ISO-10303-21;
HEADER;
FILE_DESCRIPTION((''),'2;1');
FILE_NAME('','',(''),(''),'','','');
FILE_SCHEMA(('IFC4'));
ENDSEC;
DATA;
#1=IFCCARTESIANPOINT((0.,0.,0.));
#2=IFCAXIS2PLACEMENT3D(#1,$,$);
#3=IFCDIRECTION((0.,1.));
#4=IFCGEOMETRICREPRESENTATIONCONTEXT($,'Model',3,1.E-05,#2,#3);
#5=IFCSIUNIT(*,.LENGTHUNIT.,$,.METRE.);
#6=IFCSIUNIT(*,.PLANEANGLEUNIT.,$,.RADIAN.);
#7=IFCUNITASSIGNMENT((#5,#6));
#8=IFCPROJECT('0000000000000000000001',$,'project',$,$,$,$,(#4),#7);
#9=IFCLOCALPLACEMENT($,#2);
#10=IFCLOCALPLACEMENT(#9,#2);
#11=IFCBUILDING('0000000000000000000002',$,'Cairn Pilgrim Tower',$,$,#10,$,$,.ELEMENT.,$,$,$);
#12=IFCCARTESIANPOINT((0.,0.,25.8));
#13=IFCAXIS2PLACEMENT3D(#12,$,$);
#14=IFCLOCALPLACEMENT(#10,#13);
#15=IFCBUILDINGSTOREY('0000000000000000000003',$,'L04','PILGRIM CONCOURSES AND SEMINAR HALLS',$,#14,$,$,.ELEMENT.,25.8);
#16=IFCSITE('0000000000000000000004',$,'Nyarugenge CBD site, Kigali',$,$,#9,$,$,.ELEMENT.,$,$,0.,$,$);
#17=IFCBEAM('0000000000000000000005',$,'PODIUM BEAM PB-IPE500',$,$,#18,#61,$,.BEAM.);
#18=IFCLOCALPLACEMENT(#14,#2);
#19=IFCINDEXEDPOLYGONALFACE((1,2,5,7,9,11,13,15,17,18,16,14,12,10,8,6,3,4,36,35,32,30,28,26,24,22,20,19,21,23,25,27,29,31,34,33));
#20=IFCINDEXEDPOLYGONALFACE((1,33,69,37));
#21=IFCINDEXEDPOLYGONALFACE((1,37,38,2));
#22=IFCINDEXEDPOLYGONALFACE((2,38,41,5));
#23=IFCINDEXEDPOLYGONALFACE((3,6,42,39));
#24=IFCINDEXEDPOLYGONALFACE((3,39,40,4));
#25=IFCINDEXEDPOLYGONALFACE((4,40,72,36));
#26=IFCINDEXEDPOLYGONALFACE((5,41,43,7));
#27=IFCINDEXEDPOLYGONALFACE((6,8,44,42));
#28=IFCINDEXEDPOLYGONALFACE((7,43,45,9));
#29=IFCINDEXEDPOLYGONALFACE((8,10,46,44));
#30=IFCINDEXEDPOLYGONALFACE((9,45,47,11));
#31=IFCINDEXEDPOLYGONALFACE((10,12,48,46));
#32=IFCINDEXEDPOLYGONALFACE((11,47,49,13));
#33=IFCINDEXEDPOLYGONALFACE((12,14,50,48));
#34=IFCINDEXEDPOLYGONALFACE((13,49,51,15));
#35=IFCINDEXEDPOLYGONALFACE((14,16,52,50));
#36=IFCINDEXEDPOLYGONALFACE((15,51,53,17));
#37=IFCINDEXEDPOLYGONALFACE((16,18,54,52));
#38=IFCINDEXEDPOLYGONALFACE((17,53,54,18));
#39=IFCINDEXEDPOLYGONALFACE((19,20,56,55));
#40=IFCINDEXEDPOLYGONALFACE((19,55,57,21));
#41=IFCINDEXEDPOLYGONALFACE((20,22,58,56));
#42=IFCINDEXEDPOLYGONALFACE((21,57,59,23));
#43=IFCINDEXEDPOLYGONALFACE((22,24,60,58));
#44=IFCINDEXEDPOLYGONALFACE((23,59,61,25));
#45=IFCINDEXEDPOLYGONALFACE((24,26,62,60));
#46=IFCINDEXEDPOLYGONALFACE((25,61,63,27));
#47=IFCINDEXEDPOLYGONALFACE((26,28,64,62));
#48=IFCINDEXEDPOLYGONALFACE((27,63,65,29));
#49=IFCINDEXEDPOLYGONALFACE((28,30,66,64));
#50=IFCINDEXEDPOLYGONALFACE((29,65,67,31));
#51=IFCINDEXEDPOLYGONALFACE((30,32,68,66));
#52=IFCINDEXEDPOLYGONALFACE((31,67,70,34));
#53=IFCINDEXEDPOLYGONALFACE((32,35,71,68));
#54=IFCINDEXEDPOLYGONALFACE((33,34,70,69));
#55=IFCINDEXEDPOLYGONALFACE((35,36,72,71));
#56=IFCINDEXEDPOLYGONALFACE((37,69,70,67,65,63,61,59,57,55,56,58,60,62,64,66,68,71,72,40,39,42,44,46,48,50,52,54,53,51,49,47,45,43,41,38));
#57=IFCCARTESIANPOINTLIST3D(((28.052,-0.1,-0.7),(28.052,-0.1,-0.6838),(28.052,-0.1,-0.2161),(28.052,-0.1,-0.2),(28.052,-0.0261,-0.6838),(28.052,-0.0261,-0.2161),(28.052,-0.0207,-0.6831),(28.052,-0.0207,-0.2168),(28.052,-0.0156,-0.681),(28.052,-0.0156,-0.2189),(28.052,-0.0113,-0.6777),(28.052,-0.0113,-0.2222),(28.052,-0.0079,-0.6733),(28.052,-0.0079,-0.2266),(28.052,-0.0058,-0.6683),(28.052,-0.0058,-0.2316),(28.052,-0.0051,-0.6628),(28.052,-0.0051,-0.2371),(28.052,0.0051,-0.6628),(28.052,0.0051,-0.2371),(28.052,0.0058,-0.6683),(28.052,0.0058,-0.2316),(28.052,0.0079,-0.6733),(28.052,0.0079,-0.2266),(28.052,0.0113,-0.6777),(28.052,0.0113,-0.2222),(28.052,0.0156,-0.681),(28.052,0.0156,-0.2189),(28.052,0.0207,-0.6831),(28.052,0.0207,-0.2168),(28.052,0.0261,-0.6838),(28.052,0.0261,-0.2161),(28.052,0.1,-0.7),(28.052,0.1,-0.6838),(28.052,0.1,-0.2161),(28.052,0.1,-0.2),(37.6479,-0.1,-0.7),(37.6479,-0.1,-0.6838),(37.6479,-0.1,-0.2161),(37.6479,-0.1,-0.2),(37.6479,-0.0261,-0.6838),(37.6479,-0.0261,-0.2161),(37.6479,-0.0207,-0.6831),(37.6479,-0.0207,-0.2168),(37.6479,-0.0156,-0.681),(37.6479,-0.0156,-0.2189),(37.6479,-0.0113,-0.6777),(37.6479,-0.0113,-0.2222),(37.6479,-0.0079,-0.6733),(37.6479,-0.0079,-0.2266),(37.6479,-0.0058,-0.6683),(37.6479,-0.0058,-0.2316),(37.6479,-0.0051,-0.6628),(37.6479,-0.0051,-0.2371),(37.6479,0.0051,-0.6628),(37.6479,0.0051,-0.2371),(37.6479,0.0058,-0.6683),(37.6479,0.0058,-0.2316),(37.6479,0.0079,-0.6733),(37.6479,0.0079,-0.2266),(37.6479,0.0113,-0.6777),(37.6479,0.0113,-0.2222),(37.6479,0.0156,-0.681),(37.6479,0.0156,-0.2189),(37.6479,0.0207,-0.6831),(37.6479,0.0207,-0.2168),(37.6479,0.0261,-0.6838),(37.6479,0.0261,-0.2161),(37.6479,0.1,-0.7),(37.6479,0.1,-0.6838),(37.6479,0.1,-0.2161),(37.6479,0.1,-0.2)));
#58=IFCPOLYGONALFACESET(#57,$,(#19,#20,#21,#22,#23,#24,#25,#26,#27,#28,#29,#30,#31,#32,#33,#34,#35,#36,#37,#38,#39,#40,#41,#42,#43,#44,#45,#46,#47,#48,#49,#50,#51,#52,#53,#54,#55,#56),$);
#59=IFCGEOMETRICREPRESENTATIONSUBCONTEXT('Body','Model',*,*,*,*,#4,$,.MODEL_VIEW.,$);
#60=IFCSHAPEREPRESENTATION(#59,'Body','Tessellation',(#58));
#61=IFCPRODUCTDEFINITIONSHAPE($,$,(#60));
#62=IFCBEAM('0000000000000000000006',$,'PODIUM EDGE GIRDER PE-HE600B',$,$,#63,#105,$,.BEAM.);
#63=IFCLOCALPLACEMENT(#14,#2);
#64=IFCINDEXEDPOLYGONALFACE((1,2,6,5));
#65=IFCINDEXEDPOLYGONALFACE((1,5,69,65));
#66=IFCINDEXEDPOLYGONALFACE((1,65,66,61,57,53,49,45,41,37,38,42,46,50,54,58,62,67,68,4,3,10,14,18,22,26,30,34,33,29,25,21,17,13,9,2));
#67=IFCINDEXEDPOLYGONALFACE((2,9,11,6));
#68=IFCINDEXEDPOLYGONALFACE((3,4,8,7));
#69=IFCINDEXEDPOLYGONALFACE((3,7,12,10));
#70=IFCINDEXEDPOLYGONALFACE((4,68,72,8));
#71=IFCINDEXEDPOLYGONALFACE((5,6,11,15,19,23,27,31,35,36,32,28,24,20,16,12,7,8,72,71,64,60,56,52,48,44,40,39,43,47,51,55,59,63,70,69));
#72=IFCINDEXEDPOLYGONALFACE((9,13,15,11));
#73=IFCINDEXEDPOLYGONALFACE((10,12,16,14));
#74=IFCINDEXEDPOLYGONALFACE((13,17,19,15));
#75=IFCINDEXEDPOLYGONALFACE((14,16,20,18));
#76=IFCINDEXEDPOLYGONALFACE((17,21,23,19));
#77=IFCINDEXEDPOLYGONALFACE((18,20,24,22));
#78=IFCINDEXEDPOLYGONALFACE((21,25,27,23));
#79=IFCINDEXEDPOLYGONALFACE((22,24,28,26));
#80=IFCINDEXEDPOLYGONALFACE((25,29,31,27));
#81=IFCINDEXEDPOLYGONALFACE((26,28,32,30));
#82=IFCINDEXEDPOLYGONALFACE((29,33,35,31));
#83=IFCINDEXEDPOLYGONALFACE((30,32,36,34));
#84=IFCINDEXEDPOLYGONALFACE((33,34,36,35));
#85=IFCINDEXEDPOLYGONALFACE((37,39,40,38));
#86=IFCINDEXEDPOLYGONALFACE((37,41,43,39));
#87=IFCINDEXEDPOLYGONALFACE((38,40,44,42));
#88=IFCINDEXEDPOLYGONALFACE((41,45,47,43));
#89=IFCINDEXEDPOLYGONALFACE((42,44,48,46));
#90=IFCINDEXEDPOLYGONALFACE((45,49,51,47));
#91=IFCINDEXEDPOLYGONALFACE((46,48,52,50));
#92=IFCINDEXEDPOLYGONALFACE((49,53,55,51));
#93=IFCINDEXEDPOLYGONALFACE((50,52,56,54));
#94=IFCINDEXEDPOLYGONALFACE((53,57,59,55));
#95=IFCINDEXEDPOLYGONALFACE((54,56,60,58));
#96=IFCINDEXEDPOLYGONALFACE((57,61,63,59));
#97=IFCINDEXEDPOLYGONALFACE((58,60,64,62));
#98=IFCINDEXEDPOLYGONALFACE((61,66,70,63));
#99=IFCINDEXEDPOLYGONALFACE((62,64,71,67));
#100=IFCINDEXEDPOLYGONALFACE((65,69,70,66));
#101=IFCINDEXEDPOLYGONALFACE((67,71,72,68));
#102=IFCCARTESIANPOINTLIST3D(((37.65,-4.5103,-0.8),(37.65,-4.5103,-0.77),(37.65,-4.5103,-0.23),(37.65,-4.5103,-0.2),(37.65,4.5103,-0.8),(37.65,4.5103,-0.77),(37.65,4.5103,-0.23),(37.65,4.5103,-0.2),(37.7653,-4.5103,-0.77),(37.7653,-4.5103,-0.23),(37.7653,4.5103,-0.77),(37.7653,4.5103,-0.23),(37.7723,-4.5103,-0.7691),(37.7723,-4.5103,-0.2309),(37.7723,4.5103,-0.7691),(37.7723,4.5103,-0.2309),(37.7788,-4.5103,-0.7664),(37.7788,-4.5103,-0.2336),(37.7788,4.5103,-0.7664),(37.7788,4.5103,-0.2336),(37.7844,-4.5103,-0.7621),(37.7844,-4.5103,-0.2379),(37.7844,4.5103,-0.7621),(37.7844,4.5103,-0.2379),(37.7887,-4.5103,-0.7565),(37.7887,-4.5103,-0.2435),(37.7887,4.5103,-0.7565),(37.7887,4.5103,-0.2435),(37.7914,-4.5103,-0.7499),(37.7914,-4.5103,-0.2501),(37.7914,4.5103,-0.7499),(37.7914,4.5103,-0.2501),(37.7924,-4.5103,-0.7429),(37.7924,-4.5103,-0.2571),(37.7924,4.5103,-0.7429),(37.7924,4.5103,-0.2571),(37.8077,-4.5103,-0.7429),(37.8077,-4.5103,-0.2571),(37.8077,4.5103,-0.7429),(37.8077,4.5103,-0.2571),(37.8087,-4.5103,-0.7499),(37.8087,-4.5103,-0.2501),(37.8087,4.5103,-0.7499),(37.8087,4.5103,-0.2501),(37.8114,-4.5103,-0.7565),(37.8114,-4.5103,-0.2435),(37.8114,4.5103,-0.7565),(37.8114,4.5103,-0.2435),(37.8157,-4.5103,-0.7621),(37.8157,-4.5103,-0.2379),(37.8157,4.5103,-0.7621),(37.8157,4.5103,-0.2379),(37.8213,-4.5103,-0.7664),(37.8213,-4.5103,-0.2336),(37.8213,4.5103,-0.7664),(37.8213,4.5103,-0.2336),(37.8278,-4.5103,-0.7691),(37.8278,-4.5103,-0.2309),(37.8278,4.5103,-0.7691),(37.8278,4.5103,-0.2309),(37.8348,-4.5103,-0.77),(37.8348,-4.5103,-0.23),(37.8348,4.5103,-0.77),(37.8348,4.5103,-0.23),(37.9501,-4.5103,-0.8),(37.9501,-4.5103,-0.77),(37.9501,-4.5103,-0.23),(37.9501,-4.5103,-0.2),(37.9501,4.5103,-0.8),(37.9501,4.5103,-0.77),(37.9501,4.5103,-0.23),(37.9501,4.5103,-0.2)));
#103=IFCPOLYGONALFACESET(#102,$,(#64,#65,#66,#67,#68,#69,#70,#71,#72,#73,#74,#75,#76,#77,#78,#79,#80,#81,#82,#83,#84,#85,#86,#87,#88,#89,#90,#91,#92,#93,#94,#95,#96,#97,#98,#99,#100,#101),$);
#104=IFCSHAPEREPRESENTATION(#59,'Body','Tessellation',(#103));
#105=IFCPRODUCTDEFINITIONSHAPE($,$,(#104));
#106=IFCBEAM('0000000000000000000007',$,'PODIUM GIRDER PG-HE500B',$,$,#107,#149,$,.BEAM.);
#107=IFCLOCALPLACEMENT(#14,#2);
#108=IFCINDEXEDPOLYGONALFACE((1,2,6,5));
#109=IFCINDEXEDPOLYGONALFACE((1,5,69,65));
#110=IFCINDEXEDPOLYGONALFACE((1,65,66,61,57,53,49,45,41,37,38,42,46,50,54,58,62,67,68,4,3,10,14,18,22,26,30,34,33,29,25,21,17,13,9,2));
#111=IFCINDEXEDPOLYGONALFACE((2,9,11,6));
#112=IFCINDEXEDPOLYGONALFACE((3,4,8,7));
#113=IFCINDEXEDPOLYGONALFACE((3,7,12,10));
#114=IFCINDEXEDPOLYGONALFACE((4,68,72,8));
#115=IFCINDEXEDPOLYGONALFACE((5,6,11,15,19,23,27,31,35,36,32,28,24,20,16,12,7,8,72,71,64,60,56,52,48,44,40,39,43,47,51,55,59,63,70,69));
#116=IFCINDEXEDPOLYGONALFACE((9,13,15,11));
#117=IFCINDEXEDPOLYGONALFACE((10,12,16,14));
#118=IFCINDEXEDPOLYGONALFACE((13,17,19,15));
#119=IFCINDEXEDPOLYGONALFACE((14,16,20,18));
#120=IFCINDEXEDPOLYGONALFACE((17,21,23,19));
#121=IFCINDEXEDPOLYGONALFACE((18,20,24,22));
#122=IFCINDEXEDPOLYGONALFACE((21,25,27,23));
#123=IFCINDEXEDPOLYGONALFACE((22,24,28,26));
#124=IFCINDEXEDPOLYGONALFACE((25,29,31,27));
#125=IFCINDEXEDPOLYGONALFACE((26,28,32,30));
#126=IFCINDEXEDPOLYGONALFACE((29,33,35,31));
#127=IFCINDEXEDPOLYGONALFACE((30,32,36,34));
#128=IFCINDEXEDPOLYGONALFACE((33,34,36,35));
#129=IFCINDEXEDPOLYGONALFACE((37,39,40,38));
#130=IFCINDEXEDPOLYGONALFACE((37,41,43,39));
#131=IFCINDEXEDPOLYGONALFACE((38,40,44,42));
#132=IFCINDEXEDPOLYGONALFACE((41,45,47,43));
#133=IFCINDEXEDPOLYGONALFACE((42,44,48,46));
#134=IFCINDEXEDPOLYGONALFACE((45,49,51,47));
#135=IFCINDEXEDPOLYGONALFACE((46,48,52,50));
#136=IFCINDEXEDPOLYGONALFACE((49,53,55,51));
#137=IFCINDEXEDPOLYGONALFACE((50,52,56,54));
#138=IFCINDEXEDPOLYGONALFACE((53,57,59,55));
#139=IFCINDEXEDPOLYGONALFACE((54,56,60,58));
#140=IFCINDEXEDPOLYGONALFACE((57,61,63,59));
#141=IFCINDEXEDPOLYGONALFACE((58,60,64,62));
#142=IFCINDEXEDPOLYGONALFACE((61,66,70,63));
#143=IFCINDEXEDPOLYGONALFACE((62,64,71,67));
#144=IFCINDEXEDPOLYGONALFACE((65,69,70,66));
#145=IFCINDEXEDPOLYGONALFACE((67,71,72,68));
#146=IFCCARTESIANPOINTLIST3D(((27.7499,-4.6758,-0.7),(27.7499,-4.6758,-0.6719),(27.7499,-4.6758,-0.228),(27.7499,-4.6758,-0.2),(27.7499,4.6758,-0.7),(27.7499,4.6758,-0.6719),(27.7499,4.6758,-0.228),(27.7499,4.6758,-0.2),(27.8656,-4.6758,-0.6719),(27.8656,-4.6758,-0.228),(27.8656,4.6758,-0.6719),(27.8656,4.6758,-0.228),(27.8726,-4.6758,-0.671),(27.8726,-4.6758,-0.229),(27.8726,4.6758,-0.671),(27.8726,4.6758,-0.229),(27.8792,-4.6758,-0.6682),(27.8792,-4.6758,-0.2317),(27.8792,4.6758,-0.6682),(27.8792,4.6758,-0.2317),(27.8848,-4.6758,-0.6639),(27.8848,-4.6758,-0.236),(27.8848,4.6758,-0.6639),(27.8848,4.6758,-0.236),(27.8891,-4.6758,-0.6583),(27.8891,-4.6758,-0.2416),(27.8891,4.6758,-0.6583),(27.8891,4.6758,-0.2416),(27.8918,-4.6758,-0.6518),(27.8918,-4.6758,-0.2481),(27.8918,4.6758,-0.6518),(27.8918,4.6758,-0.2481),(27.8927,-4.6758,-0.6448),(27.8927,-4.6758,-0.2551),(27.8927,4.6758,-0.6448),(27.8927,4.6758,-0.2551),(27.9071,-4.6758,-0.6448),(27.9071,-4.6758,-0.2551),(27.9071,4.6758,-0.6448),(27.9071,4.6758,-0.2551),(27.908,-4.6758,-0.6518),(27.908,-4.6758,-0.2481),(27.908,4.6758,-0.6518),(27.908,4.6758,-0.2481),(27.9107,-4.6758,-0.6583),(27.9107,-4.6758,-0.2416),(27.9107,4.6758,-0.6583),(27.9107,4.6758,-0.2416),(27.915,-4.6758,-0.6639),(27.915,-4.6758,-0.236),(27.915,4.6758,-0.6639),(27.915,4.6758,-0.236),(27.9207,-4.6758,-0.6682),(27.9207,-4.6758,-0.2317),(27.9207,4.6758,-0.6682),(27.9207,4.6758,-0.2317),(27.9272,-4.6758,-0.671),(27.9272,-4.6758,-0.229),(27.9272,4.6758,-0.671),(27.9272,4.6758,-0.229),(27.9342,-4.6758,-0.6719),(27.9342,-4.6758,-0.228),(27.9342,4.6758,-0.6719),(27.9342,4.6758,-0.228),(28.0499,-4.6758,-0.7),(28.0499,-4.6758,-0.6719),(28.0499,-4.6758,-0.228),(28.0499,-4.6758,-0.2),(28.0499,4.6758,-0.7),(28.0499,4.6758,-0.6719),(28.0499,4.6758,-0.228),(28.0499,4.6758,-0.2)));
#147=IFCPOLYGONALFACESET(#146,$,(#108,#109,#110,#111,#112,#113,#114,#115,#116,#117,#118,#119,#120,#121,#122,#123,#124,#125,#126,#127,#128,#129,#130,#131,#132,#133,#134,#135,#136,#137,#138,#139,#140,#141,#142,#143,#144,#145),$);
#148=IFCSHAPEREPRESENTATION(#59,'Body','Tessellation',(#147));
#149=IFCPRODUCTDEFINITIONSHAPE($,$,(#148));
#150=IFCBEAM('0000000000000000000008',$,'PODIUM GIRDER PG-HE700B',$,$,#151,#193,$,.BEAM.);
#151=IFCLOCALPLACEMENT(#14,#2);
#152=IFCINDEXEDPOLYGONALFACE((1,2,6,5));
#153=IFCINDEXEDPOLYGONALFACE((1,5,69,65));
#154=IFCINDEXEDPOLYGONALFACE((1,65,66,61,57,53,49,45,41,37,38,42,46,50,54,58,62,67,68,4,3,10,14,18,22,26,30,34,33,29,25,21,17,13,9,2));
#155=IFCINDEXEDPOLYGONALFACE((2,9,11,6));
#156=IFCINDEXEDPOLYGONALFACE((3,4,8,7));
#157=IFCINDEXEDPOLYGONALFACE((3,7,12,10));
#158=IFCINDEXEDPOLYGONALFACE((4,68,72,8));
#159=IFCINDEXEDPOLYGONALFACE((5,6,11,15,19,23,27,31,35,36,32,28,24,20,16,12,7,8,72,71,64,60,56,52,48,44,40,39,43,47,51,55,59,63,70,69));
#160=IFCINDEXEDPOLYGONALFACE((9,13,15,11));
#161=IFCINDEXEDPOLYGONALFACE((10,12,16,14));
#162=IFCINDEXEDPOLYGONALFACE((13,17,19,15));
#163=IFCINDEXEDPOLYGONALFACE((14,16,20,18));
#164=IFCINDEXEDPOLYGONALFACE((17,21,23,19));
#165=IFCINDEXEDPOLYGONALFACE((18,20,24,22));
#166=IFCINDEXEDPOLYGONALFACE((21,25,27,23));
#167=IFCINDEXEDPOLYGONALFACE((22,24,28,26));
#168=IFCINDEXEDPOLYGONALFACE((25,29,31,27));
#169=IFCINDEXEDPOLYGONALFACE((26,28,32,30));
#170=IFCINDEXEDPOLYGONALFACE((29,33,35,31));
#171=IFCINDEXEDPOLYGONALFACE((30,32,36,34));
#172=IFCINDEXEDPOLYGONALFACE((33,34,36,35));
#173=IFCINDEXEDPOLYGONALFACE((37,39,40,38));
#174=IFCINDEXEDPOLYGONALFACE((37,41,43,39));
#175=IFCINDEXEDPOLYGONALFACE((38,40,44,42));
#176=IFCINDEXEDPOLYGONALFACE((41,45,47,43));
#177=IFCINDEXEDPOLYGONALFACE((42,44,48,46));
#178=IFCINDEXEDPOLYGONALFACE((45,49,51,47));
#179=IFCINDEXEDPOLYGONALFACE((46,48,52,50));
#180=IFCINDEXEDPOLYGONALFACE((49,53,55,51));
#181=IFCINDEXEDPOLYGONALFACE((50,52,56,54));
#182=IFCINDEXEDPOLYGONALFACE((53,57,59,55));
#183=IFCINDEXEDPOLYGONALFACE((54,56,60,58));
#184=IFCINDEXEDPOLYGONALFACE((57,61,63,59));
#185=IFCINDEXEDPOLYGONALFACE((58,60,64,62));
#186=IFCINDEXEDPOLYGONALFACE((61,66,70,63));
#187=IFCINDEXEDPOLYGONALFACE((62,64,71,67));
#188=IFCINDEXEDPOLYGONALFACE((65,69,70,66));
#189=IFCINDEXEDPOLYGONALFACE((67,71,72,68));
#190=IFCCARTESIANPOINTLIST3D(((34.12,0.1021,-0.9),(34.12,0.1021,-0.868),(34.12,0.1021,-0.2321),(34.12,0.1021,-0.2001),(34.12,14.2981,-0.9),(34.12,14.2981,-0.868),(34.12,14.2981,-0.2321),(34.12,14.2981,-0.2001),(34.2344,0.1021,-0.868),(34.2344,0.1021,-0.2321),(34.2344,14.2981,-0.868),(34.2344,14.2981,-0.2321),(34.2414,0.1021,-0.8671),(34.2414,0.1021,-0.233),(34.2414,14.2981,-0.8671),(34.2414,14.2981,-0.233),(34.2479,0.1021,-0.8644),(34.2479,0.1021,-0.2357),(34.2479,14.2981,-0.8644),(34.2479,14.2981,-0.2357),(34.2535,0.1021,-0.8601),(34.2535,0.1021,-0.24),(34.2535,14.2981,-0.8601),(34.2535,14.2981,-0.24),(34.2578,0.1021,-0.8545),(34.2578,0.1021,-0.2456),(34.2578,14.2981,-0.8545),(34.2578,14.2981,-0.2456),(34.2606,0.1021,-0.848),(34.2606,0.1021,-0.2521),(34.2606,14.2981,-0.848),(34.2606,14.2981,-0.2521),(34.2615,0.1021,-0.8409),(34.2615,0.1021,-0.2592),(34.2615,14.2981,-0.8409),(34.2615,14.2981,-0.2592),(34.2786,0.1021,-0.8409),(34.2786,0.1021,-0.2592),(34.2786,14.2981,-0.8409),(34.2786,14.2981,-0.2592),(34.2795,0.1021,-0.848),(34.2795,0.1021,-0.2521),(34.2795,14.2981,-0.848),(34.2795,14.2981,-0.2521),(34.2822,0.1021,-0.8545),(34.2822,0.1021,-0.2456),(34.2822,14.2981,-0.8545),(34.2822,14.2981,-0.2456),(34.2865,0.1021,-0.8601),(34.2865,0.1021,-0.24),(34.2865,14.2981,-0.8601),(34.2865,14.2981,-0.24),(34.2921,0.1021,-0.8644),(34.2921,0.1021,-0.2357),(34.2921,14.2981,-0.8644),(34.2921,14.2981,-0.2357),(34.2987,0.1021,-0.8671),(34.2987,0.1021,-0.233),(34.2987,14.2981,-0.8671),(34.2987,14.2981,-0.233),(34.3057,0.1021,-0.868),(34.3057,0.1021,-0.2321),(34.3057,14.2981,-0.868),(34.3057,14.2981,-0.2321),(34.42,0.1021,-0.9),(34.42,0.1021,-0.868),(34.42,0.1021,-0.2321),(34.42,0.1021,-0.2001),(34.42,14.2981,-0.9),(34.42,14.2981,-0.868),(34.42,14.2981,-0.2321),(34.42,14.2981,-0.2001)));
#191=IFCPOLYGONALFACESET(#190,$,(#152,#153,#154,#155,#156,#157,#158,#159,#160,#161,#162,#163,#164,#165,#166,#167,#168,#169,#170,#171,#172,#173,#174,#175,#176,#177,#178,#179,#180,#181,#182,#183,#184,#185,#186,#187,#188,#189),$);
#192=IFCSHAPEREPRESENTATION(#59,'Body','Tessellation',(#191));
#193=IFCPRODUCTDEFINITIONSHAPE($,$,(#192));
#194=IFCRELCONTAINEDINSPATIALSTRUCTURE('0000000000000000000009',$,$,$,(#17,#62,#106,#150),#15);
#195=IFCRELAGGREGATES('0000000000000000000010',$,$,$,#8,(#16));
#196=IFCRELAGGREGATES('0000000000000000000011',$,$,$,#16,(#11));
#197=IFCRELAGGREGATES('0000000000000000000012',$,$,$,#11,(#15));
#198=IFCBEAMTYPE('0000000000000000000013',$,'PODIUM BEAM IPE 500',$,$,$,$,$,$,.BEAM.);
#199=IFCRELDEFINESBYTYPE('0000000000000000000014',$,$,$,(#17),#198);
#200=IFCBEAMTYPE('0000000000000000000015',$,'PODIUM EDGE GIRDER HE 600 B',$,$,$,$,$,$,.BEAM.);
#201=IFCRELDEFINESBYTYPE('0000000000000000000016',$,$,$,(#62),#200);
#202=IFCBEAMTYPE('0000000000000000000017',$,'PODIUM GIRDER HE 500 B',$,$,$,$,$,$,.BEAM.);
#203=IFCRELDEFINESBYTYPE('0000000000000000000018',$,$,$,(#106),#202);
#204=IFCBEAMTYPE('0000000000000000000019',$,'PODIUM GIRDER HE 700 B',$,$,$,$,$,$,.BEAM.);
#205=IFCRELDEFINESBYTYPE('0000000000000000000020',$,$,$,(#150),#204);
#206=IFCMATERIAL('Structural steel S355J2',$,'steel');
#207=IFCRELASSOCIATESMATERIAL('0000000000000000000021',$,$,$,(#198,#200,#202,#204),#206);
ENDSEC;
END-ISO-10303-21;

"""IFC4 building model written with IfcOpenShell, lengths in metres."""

from ifc_helpers import new_model, si_unit, direction, frame, origin, origin_2d, place, context, subcontext, project, spatial, i_section, extrude, material, material_profile, profile_set, type_object, element, save


model = new_model("IFC4")

# Units and contexts
model_context = context("Model", 3, precision=1e-05, world=origin(), true_north=direction((0.0, 1.0)))
body_context = subcontext(model_context, "Body", "Model", "MODEL_VIEW")
ifc_project = project(units=[si_unit("LENGTHUNIT", "METRE"), si_unit("PLANEANGLEUNIT", "RADIAN")], contexts=[model_context])

# Site, building, storey
site_placement = place(None, origin())
site = spatial("IfcSite", under=ifc_project, at=site_placement, Name="Nyarugenge CBD site, Kigali", CompositionType="ELEMENT", RefElevation=0.0)
building_placement = place(site_placement, origin())
building = spatial("IfcBuilding", under=site, at=building_placement, Name="Cairn Pilgrim Tower", CompositionType="ELEMENT")
storey_placement = place(building_placement, frame((0.0, 0.0, 25.8)))
storey = spatial("IfcBuildingStorey", under=building, at=storey_placement, Name="L04", Description="PILGRIM CONCOURSES AND SEMINAR HALLS", CompositionType="ELEMENT", Elevation=25.8)

# Shared definitions
ifc_material_1 = material(Name="Structural steel S355J2", Category="steel")

# Beams
ifc_material_profile_1 = material_profile(ifc_material_1, i_section(OverallWidth=0.2, OverallDepth=0.5, WebThickness=0.0103, FlangeThickness=0.0161, FilletRadius=0.021, at=origin_2d()), Name="IPE 500")
ifc_profile_set_1 = profile_set([ifc_material_profile_1], Name="Structural steel S355J2")
beam_type_1 = type_object("IfcBeamType", Name="PODIUM BEAM IPE 500", PredefinedType="BEAM", material=ifc_profile_set_1)
beam_1_placement = place(storey_placement, frame((28.052, 0.0, -0.45), z_axis=(1.0, 0.0, 0.0), x_axis=(0.0, 1.0, 0.0)))
element("IfcBeam", 1, at=beam_1_placement, inside=storey, type_object=beam_type_1, Name="PODIUM BEAM PB-IPE500", PredefinedType="BEAM", context=body_context, shape_type="SweptSolid", body=[
    extrude(i_section(OverallWidth=0.2, OverallDepth=0.5, WebThickness=0.0103, FlangeThickness=0.0161, FilletRadius=0.021, at=origin_2d()), origin(), (0.0, 0.0, 1.0), 9.5959),
])
ifc_material_profile_2 = material_profile(ifc_material_1, i_section(OverallWidth=0.3, OverallDepth=0.6001, WebThickness=0.0154, FlangeThickness=0.03, FilletRadius=0.0271, at=origin_2d()), Name="HEB 600")
ifc_profile_set_2 = profile_set([ifc_material_profile_2], Name="Structural steel S355J2")
beam_type_2 = type_object("IfcBeamType", Name="PODIUM EDGE GIRDER HE 600 B", PredefinedType="BEAM", material=ifc_profile_set_2)
beam_2_placement = place(storey_placement, frame((37.8, -4.5103, -0.5), z_axis=(0.0, 1.0, 0.0), x_axis=(-1.0, 0.0, 0.0)))
element("IfcBeam", 2, at=beam_2_placement, inside=storey, type_object=beam_type_2, Name="PODIUM EDGE GIRDER PE-HE600B", PredefinedType="BEAM", context=body_context, shape_type="SweptSolid", body=[
    extrude(i_section(OverallWidth=0.3, OverallDepth=0.6001, WebThickness=0.0154, FlangeThickness=0.03, FilletRadius=0.0271, at=origin_2d()), origin(), (0.0, 0.0, 1.0), 9.0205),
])
ifc_material_profile_3 = material_profile(ifc_material_1, i_section(OverallWidth=0.3, OverallDepth=0.5, WebThickness=0.0144, FlangeThickness=0.0281, FilletRadius=0.0271, at=origin_2d()), Name="HEB 500")
ifc_profile_set_3 = profile_set([ifc_material_profile_3], Name="Structural steel S355J2")
beam_type_3 = type_object("IfcBeamType", Name="PODIUM GIRDER HE 500 B", PredefinedType="BEAM", material=ifc_profile_set_3)
beam_3_placement = place(storey_placement, frame((27.8999, -4.6758, -0.45), z_axis=(0.0, 1.0, 0.0), x_axis=(-1.0, 0.0, 0.0)))
element("IfcBeam", 3, at=beam_3_placement, inside=storey, type_object=beam_type_3, Name="PODIUM GIRDER PG-HE500B", PredefinedType="BEAM", context=body_context, shape_type="SweptSolid", body=[
    extrude(i_section(OverallWidth=0.3, OverallDepth=0.5, WebThickness=0.0144, FlangeThickness=0.0281, FilletRadius=0.0271, at=origin_2d()), origin(), (0.0, 0.0, 1.0), 9.3516),
])
ifc_material_profile_4 = material_profile(ifc_material_1, i_section(OverallWidth=0.3, OverallDepth=0.7, WebThickness=0.0171, FlangeThickness=0.032, FilletRadius=0.0271, at=origin_2d()), Name="HEB 700")
ifc_profile_set_4 = profile_set([ifc_material_profile_4], Name="Structural steel S355J2")
beam_type_4 = type_object("IfcBeamType", Name="PODIUM GIRDER HE 700 B", PredefinedType="BEAM", material=ifc_profile_set_4)
beam_4_placement = place(storey_placement, frame((34.27, 0.1021, -0.55), z_axis=(0.0, 1.0, 0.0), x_axis=(-1.0, 0.0, 0.0)))
element("IfcBeam", 4, at=beam_4_placement, inside=storey, type_object=beam_type_4, Name="PODIUM GIRDER PG-HE700B", PredefinedType="BEAM", context=body_context, shape_type="SweptSolid", body=[
    extrude(i_section(OverallWidth=0.3, OverallDepth=0.7, WebThickness=0.0171, FlangeThickness=0.032, FilletRadius=0.0271, at=origin_2d()), origin(), (0.0, 0.0, 1.0), 14.196),
])

save(model, "model.ifc")
